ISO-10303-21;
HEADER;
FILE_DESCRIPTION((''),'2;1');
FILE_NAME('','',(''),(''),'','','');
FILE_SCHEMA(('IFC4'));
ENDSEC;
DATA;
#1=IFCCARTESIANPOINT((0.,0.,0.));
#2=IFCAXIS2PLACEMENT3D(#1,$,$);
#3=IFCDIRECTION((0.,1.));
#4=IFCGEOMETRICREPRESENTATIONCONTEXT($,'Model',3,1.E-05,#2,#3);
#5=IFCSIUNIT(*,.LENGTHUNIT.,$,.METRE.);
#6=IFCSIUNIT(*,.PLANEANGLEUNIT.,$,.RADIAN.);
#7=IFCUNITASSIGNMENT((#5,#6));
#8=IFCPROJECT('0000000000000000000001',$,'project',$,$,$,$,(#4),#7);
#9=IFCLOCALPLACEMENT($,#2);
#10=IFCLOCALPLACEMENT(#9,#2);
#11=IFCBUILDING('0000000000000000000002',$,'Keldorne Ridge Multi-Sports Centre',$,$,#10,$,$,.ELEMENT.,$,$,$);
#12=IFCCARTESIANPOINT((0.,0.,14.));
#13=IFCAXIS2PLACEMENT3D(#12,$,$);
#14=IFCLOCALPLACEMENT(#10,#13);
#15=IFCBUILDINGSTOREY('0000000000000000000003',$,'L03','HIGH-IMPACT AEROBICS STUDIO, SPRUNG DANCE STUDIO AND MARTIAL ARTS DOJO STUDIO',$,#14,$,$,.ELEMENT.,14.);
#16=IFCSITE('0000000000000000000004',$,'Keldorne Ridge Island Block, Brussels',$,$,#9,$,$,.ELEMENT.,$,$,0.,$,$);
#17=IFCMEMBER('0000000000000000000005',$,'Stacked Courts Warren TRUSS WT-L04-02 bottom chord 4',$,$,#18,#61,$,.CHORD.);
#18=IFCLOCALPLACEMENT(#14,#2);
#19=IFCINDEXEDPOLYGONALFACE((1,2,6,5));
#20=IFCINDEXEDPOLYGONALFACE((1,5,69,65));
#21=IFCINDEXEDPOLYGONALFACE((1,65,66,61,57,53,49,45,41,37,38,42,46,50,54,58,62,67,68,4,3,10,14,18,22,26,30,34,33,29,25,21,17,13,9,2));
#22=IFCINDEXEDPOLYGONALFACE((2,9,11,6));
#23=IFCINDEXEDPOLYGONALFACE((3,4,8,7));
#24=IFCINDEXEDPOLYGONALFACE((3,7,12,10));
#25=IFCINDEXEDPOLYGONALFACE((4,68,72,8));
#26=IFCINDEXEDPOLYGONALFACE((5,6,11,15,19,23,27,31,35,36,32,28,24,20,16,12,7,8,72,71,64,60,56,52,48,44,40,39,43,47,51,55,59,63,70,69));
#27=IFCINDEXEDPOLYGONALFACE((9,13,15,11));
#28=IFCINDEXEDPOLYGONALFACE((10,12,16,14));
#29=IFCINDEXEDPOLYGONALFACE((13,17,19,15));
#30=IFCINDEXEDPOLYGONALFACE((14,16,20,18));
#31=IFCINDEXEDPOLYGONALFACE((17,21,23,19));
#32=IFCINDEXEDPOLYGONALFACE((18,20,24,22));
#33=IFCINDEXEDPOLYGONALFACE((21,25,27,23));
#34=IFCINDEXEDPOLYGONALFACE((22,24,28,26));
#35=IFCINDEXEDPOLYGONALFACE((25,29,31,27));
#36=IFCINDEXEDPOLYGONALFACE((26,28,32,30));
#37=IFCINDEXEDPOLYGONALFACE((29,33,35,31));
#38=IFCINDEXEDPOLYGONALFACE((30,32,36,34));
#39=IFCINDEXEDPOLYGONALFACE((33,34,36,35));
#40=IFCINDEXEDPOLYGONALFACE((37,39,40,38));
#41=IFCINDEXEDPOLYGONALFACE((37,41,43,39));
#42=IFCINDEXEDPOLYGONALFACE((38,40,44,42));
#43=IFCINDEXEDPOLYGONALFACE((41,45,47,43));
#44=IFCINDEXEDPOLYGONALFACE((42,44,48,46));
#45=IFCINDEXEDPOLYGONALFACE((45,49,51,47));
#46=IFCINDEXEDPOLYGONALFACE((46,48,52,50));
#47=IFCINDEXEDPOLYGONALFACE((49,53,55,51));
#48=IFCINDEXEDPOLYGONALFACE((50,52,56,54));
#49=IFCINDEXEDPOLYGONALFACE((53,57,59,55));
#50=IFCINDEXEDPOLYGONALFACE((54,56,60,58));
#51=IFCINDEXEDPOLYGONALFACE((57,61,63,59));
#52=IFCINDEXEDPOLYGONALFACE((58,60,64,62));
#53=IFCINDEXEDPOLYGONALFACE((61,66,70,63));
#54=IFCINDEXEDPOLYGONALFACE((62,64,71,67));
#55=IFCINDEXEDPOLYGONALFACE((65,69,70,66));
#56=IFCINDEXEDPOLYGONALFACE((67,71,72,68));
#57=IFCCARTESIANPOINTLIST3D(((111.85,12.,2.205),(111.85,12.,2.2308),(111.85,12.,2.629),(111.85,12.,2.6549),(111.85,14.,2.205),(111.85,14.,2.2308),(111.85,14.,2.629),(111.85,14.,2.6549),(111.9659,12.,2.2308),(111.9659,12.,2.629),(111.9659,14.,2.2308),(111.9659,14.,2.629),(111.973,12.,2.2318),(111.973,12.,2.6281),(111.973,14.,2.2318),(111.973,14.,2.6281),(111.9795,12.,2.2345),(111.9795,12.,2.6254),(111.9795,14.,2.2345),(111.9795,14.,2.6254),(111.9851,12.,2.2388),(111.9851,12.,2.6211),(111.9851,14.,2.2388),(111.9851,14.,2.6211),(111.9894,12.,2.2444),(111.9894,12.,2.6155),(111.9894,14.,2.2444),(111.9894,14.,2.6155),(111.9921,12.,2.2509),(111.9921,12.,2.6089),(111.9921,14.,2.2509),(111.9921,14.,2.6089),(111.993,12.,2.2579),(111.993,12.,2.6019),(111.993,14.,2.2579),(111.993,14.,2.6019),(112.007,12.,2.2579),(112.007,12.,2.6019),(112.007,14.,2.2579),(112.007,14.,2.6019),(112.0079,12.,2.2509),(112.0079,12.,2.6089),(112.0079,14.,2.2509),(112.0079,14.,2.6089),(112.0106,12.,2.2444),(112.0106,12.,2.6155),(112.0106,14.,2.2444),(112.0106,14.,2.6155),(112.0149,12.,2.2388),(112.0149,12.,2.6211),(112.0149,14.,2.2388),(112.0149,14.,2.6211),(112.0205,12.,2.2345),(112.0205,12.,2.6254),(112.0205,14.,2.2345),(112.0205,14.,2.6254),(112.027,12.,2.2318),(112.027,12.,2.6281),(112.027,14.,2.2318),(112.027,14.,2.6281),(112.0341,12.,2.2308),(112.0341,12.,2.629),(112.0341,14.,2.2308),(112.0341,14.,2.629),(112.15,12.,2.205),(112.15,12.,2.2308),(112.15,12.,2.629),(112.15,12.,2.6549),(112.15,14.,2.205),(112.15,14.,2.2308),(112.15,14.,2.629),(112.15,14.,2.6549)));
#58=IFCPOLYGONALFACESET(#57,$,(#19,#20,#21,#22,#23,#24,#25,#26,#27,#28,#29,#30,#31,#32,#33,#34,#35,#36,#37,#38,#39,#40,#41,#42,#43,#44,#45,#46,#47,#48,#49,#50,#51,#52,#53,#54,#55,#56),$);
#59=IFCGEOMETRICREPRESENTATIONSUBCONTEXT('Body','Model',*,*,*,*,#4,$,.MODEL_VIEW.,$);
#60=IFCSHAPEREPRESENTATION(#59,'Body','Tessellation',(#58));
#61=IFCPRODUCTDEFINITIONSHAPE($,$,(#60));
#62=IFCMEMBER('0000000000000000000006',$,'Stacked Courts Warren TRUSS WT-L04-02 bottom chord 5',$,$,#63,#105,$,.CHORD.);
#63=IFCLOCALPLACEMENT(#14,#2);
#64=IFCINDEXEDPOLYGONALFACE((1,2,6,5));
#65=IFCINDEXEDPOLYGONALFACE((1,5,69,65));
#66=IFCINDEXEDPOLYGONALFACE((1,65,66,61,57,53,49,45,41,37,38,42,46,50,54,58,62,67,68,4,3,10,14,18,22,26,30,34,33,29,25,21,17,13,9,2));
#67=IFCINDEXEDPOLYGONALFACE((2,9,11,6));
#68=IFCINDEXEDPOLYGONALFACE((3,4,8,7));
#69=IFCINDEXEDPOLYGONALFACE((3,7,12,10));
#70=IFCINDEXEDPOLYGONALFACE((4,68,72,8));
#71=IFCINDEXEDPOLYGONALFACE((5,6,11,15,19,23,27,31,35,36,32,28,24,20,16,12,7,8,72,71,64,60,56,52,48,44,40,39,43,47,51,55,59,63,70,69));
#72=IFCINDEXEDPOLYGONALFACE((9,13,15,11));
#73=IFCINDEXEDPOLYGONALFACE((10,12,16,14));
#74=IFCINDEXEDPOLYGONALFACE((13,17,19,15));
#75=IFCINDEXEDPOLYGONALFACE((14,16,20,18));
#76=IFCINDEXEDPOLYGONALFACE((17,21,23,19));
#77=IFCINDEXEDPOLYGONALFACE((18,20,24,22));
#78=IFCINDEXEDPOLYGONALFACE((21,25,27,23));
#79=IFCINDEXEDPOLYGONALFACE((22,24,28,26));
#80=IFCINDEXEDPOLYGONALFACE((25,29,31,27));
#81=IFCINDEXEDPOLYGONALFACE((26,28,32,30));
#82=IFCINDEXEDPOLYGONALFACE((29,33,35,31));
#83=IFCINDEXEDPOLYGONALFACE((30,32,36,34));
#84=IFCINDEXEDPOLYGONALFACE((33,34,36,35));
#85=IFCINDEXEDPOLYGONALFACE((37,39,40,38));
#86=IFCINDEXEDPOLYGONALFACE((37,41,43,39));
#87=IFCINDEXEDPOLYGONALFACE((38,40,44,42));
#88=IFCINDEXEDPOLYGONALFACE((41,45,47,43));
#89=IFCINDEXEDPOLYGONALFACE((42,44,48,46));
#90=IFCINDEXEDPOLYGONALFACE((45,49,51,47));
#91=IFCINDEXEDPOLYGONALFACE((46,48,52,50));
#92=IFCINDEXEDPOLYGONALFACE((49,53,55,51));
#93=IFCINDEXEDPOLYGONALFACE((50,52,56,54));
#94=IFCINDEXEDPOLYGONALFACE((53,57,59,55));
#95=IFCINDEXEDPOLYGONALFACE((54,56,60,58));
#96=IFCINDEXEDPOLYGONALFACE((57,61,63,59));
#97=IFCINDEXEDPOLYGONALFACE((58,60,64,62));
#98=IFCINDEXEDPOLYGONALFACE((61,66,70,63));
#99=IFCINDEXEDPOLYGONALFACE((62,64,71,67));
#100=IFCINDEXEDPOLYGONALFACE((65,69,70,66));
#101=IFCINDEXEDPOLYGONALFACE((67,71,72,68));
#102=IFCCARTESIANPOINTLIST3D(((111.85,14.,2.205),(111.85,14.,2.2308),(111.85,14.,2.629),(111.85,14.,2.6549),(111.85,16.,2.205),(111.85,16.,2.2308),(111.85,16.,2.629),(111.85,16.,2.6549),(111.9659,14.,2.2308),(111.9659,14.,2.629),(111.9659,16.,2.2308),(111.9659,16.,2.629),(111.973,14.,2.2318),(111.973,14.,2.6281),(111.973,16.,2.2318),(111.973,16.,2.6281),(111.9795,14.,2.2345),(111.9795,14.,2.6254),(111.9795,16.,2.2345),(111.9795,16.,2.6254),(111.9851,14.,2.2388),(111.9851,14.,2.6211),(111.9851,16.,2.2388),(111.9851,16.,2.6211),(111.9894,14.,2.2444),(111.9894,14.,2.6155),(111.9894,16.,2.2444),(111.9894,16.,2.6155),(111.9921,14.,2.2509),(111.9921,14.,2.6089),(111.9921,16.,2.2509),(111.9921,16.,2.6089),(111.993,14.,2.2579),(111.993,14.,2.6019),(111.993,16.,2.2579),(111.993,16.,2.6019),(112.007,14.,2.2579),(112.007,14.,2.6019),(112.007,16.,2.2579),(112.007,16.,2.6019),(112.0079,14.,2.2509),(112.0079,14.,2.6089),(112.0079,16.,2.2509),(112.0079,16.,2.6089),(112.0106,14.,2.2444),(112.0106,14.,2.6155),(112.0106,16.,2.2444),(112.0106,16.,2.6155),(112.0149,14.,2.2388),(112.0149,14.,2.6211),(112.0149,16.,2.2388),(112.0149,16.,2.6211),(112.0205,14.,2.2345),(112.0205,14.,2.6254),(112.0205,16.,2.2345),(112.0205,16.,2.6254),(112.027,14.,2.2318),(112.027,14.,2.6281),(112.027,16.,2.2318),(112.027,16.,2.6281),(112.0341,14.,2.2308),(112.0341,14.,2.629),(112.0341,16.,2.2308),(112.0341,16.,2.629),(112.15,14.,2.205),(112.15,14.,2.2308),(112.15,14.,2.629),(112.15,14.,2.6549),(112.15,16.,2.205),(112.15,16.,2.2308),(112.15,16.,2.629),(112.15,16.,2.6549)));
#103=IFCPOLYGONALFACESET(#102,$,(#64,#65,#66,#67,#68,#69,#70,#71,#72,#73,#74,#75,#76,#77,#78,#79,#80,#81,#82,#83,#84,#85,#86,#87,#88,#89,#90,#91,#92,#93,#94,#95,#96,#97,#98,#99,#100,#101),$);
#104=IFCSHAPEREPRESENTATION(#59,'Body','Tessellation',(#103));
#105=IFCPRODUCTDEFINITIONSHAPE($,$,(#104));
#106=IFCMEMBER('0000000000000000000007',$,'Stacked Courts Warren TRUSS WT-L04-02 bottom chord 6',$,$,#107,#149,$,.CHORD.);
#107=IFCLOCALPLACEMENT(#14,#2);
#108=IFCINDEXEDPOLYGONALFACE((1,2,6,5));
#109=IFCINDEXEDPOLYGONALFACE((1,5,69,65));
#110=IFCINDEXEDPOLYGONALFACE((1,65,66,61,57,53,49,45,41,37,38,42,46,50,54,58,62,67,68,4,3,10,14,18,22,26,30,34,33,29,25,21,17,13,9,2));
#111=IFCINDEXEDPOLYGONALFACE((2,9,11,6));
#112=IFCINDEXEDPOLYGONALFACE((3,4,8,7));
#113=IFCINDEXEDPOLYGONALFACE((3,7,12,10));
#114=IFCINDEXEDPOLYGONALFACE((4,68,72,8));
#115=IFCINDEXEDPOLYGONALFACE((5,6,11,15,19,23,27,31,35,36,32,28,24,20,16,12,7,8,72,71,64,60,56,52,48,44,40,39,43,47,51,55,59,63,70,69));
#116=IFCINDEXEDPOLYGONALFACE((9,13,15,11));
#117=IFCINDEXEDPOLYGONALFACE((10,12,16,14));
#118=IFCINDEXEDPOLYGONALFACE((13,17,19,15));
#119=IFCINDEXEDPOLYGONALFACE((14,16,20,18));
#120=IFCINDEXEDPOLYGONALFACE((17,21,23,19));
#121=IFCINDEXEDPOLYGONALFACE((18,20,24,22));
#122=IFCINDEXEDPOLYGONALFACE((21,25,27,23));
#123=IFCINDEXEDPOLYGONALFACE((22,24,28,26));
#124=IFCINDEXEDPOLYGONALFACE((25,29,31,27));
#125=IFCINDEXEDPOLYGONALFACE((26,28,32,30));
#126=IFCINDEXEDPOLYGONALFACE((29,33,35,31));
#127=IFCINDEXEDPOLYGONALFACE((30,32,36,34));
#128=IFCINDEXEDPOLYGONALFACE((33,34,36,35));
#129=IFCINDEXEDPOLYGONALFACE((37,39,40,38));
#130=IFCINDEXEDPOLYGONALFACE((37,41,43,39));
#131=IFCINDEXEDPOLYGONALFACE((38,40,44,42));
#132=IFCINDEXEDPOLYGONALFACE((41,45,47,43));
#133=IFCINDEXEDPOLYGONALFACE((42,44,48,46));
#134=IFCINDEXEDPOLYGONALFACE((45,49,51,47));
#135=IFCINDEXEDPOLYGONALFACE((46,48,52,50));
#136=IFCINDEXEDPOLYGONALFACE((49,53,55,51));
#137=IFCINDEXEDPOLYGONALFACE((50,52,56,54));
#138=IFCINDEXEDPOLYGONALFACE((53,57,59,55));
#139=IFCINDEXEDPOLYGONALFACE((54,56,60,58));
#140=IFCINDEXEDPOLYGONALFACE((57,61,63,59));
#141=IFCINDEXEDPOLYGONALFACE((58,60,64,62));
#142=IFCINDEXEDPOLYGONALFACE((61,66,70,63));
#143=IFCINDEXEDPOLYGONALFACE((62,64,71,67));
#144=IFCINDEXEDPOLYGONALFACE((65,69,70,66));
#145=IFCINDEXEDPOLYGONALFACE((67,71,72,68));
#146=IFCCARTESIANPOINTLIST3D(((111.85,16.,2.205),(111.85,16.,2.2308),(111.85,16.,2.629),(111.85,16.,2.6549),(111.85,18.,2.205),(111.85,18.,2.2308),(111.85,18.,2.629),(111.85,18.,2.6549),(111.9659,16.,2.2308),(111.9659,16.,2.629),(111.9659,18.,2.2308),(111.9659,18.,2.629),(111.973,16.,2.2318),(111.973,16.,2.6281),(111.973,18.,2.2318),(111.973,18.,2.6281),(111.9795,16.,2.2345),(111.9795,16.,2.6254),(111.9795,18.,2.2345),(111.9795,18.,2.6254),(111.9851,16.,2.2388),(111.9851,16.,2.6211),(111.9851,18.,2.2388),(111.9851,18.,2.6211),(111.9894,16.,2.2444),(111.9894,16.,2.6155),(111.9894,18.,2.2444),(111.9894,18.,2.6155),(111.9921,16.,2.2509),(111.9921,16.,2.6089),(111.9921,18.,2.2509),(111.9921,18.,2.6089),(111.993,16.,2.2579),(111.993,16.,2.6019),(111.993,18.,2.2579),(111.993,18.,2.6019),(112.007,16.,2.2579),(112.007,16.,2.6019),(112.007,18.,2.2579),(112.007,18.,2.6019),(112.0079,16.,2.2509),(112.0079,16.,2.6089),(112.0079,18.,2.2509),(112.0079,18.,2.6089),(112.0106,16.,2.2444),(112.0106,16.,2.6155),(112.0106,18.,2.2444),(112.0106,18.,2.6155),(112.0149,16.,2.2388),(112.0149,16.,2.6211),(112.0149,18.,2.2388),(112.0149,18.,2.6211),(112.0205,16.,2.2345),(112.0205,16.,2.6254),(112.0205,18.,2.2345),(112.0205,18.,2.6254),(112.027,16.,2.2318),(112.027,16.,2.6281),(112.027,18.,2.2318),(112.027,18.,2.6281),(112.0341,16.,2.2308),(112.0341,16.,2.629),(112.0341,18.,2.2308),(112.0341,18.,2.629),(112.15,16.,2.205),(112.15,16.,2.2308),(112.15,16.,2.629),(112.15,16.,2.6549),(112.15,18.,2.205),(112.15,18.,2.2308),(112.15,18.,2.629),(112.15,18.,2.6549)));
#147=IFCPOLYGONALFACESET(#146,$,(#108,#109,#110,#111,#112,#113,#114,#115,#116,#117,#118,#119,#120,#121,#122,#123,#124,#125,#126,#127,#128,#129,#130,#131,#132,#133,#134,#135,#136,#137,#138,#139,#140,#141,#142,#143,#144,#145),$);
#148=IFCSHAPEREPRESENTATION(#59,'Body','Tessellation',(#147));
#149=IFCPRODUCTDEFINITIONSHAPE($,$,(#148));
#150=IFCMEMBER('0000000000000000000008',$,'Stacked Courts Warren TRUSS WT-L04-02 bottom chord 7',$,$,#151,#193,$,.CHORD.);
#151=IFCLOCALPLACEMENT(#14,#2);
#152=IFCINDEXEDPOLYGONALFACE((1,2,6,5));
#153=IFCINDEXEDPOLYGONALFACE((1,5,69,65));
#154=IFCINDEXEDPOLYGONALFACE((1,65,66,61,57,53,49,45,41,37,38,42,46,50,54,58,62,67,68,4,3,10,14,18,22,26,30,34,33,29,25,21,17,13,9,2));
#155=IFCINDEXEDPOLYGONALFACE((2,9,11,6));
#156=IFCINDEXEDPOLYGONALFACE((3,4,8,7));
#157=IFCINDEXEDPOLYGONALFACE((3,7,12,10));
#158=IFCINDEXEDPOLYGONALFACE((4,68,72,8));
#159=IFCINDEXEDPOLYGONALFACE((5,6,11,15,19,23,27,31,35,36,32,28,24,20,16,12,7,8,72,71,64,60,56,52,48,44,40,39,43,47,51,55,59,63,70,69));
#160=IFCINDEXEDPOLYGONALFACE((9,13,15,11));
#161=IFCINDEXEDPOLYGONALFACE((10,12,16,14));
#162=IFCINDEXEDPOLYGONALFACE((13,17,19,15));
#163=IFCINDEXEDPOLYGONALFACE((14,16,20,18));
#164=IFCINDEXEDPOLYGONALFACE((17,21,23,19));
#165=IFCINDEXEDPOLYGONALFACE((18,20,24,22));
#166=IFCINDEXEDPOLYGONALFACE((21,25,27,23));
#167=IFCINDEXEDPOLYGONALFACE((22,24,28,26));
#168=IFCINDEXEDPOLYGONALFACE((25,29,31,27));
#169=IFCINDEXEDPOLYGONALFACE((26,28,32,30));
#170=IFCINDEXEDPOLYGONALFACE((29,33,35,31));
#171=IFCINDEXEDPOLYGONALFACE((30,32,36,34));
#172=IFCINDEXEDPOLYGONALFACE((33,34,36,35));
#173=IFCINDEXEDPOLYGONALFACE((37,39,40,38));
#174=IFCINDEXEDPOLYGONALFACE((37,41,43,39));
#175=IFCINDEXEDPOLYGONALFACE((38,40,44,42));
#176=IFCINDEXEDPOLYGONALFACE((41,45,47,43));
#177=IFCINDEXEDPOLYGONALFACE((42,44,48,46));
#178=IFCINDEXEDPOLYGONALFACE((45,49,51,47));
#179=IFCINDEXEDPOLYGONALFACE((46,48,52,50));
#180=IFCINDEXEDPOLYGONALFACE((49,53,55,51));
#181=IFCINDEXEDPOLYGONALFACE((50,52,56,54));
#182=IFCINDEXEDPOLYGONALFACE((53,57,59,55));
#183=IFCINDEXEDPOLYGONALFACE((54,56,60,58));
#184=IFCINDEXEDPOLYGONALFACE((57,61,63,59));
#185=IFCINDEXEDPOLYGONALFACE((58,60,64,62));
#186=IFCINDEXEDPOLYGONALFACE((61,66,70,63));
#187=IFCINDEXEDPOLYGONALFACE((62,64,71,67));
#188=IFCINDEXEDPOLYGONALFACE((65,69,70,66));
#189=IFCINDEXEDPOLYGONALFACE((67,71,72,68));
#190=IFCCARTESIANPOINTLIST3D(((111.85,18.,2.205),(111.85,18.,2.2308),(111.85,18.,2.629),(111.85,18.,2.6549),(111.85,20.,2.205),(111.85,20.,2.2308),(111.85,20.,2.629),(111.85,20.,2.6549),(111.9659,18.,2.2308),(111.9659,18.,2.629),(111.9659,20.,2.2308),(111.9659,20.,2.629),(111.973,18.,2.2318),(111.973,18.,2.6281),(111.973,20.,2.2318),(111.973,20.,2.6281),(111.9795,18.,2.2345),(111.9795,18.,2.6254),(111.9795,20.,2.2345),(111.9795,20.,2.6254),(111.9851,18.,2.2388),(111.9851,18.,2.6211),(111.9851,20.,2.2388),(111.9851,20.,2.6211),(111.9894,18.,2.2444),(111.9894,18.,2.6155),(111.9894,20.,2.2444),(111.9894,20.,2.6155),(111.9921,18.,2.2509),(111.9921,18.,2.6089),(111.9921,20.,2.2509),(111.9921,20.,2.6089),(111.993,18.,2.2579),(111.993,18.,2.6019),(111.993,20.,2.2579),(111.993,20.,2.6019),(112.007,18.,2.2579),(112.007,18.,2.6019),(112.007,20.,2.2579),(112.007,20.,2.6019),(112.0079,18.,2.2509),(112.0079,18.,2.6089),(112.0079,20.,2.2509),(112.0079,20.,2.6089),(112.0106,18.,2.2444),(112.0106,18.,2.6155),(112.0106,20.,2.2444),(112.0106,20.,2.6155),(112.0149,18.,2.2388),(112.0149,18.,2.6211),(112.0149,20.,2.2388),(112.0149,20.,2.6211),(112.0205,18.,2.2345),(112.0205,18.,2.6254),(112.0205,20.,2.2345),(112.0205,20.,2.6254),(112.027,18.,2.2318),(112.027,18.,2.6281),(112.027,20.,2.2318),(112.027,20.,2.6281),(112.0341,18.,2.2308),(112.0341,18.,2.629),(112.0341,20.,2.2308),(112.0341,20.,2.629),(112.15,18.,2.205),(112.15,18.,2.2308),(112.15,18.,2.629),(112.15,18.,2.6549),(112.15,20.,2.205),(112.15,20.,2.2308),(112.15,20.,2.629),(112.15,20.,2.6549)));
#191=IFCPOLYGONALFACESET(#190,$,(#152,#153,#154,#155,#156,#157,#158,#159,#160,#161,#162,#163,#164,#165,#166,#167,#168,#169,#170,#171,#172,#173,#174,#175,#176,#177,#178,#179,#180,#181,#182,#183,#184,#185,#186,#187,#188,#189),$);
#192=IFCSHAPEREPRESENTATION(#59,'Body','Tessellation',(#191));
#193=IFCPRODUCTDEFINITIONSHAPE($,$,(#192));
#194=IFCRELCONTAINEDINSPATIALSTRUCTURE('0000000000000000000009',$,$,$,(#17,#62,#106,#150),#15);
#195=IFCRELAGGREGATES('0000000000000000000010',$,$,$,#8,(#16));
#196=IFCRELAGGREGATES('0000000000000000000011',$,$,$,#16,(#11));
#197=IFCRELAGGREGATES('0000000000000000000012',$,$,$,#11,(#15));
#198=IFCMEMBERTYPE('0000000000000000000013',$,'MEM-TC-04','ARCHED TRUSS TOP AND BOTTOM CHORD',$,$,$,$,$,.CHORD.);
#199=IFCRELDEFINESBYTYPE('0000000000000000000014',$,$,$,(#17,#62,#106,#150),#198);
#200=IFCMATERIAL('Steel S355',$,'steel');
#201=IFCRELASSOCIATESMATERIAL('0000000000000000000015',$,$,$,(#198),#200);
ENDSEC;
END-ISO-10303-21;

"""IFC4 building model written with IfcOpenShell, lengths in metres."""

from ifc_helpers import new_model, si_unit, direction, frame, origin, origin_2d, place, context, subcontext, project, spatial, i_section, extrude, material, material_profile, profile_set, type_object, element, save


model = new_model("IFC4")

# Units and contexts
model_context = context("Model", 3, precision=1e-05, world=origin(), true_north=direction((0.0, 1.0)))
body_context = subcontext(model_context, "Body", "Model", "MODEL_VIEW")
ifc_project = project(units=[si_unit("LENGTHUNIT", "METRE"), si_unit("PLANEANGLEUNIT", "RADIAN")], contexts=[model_context])

# Site, building, storey
site_placement = place(None, origin())
site = spatial("IfcSite", under=ifc_project, at=site_placement, Name="Keldorne Ridge Island Block, Brussels", CompositionType="ELEMENT", RefElevation=0.0)
building_placement = place(site_placement, origin())
building = spatial("IfcBuilding", under=site, at=building_placement, Name="Keldorne Ridge Multi-Sports Centre", CompositionType="ELEMENT")
storey_placement = place(building_placement, frame((0.0, 0.0, 14.0)))
storey = spatial("IfcBuildingStorey", under=building, at=storey_placement, Name="L03", Description="HIGH-IMPACT AEROBICS STUDIO, SPRUNG DANCE STUDIO AND MARTIAL ARTS DOJO STUDIO", CompositionType="ELEMENT", Elevation=14.0)

# Members
ifc_material = material(Name="Steel S355", Category="steel")
ifc_material_profile_1 = material_profile(ifc_material, i_section(OverallWidth=0.3, OverallDepth=0.45, WebThickness=0.0139, FlangeThickness=0.0259, FilletRadius=0.0271, at=origin_2d()), Name="HEB 450")
ifc_profile_set_1 = profile_set([ifc_material_profile_1], Name="Steel S355")
member_type_1 = type_object("IfcMemberType", Name="MEM-TC-04", Description="ARCHED TRUSS TOP AND BOTTOM CHORD", PredefinedType="CHORD", material=ifc_profile_set_1)
for number, where, z_axis, x_axis, name in (
    (1, (112.0, 12.0, 2.4299), (0.0, 1.0, 0.0), (-1.0, 0.0, 0.0), "Stacked Courts Warren TRUSS WT-L04-02 bottom chord 4"),
    (2, (112.0, 14.0, 2.4299), (0.0, 1.0, 0.0), (-1.0, 0.0, 0.0), "Stacked Courts Warren TRUSS WT-L04-02 bottom chord 5"),
    (3, (112.0, 16.0, 2.4299), (0.0, 1.0, 0.0), (-1.0, 0.0, 0.0), "Stacked Courts Warren TRUSS WT-L04-02 bottom chord 6"),
    (4, (112.0, 18.0, 2.4299), (0.0, 1.0, 0.0), (-1.0, 0.0, 0.0), "Stacked Courts Warren TRUSS WT-L04-02 bottom chord 7"),
):
    element("IfcMember", number, at=place(storey_placement, frame(where, z_axis=z_axis, x_axis=x_axis)), inside=storey, type_object=member_type_1, Name=name, PredefinedType="CHORD", context=body_context, shape_type="SweptSolid", body=[
        extrude(i_section(OverallWidth=0.3, OverallDepth=0.45, WebThickness=0.0139, FlangeThickness=0.0259, FilletRadius=0.0271, at=origin_2d()), origin(), (0.0, 0.0, 1.0), 2.0),
    ])

save(model, "model.ifc")
